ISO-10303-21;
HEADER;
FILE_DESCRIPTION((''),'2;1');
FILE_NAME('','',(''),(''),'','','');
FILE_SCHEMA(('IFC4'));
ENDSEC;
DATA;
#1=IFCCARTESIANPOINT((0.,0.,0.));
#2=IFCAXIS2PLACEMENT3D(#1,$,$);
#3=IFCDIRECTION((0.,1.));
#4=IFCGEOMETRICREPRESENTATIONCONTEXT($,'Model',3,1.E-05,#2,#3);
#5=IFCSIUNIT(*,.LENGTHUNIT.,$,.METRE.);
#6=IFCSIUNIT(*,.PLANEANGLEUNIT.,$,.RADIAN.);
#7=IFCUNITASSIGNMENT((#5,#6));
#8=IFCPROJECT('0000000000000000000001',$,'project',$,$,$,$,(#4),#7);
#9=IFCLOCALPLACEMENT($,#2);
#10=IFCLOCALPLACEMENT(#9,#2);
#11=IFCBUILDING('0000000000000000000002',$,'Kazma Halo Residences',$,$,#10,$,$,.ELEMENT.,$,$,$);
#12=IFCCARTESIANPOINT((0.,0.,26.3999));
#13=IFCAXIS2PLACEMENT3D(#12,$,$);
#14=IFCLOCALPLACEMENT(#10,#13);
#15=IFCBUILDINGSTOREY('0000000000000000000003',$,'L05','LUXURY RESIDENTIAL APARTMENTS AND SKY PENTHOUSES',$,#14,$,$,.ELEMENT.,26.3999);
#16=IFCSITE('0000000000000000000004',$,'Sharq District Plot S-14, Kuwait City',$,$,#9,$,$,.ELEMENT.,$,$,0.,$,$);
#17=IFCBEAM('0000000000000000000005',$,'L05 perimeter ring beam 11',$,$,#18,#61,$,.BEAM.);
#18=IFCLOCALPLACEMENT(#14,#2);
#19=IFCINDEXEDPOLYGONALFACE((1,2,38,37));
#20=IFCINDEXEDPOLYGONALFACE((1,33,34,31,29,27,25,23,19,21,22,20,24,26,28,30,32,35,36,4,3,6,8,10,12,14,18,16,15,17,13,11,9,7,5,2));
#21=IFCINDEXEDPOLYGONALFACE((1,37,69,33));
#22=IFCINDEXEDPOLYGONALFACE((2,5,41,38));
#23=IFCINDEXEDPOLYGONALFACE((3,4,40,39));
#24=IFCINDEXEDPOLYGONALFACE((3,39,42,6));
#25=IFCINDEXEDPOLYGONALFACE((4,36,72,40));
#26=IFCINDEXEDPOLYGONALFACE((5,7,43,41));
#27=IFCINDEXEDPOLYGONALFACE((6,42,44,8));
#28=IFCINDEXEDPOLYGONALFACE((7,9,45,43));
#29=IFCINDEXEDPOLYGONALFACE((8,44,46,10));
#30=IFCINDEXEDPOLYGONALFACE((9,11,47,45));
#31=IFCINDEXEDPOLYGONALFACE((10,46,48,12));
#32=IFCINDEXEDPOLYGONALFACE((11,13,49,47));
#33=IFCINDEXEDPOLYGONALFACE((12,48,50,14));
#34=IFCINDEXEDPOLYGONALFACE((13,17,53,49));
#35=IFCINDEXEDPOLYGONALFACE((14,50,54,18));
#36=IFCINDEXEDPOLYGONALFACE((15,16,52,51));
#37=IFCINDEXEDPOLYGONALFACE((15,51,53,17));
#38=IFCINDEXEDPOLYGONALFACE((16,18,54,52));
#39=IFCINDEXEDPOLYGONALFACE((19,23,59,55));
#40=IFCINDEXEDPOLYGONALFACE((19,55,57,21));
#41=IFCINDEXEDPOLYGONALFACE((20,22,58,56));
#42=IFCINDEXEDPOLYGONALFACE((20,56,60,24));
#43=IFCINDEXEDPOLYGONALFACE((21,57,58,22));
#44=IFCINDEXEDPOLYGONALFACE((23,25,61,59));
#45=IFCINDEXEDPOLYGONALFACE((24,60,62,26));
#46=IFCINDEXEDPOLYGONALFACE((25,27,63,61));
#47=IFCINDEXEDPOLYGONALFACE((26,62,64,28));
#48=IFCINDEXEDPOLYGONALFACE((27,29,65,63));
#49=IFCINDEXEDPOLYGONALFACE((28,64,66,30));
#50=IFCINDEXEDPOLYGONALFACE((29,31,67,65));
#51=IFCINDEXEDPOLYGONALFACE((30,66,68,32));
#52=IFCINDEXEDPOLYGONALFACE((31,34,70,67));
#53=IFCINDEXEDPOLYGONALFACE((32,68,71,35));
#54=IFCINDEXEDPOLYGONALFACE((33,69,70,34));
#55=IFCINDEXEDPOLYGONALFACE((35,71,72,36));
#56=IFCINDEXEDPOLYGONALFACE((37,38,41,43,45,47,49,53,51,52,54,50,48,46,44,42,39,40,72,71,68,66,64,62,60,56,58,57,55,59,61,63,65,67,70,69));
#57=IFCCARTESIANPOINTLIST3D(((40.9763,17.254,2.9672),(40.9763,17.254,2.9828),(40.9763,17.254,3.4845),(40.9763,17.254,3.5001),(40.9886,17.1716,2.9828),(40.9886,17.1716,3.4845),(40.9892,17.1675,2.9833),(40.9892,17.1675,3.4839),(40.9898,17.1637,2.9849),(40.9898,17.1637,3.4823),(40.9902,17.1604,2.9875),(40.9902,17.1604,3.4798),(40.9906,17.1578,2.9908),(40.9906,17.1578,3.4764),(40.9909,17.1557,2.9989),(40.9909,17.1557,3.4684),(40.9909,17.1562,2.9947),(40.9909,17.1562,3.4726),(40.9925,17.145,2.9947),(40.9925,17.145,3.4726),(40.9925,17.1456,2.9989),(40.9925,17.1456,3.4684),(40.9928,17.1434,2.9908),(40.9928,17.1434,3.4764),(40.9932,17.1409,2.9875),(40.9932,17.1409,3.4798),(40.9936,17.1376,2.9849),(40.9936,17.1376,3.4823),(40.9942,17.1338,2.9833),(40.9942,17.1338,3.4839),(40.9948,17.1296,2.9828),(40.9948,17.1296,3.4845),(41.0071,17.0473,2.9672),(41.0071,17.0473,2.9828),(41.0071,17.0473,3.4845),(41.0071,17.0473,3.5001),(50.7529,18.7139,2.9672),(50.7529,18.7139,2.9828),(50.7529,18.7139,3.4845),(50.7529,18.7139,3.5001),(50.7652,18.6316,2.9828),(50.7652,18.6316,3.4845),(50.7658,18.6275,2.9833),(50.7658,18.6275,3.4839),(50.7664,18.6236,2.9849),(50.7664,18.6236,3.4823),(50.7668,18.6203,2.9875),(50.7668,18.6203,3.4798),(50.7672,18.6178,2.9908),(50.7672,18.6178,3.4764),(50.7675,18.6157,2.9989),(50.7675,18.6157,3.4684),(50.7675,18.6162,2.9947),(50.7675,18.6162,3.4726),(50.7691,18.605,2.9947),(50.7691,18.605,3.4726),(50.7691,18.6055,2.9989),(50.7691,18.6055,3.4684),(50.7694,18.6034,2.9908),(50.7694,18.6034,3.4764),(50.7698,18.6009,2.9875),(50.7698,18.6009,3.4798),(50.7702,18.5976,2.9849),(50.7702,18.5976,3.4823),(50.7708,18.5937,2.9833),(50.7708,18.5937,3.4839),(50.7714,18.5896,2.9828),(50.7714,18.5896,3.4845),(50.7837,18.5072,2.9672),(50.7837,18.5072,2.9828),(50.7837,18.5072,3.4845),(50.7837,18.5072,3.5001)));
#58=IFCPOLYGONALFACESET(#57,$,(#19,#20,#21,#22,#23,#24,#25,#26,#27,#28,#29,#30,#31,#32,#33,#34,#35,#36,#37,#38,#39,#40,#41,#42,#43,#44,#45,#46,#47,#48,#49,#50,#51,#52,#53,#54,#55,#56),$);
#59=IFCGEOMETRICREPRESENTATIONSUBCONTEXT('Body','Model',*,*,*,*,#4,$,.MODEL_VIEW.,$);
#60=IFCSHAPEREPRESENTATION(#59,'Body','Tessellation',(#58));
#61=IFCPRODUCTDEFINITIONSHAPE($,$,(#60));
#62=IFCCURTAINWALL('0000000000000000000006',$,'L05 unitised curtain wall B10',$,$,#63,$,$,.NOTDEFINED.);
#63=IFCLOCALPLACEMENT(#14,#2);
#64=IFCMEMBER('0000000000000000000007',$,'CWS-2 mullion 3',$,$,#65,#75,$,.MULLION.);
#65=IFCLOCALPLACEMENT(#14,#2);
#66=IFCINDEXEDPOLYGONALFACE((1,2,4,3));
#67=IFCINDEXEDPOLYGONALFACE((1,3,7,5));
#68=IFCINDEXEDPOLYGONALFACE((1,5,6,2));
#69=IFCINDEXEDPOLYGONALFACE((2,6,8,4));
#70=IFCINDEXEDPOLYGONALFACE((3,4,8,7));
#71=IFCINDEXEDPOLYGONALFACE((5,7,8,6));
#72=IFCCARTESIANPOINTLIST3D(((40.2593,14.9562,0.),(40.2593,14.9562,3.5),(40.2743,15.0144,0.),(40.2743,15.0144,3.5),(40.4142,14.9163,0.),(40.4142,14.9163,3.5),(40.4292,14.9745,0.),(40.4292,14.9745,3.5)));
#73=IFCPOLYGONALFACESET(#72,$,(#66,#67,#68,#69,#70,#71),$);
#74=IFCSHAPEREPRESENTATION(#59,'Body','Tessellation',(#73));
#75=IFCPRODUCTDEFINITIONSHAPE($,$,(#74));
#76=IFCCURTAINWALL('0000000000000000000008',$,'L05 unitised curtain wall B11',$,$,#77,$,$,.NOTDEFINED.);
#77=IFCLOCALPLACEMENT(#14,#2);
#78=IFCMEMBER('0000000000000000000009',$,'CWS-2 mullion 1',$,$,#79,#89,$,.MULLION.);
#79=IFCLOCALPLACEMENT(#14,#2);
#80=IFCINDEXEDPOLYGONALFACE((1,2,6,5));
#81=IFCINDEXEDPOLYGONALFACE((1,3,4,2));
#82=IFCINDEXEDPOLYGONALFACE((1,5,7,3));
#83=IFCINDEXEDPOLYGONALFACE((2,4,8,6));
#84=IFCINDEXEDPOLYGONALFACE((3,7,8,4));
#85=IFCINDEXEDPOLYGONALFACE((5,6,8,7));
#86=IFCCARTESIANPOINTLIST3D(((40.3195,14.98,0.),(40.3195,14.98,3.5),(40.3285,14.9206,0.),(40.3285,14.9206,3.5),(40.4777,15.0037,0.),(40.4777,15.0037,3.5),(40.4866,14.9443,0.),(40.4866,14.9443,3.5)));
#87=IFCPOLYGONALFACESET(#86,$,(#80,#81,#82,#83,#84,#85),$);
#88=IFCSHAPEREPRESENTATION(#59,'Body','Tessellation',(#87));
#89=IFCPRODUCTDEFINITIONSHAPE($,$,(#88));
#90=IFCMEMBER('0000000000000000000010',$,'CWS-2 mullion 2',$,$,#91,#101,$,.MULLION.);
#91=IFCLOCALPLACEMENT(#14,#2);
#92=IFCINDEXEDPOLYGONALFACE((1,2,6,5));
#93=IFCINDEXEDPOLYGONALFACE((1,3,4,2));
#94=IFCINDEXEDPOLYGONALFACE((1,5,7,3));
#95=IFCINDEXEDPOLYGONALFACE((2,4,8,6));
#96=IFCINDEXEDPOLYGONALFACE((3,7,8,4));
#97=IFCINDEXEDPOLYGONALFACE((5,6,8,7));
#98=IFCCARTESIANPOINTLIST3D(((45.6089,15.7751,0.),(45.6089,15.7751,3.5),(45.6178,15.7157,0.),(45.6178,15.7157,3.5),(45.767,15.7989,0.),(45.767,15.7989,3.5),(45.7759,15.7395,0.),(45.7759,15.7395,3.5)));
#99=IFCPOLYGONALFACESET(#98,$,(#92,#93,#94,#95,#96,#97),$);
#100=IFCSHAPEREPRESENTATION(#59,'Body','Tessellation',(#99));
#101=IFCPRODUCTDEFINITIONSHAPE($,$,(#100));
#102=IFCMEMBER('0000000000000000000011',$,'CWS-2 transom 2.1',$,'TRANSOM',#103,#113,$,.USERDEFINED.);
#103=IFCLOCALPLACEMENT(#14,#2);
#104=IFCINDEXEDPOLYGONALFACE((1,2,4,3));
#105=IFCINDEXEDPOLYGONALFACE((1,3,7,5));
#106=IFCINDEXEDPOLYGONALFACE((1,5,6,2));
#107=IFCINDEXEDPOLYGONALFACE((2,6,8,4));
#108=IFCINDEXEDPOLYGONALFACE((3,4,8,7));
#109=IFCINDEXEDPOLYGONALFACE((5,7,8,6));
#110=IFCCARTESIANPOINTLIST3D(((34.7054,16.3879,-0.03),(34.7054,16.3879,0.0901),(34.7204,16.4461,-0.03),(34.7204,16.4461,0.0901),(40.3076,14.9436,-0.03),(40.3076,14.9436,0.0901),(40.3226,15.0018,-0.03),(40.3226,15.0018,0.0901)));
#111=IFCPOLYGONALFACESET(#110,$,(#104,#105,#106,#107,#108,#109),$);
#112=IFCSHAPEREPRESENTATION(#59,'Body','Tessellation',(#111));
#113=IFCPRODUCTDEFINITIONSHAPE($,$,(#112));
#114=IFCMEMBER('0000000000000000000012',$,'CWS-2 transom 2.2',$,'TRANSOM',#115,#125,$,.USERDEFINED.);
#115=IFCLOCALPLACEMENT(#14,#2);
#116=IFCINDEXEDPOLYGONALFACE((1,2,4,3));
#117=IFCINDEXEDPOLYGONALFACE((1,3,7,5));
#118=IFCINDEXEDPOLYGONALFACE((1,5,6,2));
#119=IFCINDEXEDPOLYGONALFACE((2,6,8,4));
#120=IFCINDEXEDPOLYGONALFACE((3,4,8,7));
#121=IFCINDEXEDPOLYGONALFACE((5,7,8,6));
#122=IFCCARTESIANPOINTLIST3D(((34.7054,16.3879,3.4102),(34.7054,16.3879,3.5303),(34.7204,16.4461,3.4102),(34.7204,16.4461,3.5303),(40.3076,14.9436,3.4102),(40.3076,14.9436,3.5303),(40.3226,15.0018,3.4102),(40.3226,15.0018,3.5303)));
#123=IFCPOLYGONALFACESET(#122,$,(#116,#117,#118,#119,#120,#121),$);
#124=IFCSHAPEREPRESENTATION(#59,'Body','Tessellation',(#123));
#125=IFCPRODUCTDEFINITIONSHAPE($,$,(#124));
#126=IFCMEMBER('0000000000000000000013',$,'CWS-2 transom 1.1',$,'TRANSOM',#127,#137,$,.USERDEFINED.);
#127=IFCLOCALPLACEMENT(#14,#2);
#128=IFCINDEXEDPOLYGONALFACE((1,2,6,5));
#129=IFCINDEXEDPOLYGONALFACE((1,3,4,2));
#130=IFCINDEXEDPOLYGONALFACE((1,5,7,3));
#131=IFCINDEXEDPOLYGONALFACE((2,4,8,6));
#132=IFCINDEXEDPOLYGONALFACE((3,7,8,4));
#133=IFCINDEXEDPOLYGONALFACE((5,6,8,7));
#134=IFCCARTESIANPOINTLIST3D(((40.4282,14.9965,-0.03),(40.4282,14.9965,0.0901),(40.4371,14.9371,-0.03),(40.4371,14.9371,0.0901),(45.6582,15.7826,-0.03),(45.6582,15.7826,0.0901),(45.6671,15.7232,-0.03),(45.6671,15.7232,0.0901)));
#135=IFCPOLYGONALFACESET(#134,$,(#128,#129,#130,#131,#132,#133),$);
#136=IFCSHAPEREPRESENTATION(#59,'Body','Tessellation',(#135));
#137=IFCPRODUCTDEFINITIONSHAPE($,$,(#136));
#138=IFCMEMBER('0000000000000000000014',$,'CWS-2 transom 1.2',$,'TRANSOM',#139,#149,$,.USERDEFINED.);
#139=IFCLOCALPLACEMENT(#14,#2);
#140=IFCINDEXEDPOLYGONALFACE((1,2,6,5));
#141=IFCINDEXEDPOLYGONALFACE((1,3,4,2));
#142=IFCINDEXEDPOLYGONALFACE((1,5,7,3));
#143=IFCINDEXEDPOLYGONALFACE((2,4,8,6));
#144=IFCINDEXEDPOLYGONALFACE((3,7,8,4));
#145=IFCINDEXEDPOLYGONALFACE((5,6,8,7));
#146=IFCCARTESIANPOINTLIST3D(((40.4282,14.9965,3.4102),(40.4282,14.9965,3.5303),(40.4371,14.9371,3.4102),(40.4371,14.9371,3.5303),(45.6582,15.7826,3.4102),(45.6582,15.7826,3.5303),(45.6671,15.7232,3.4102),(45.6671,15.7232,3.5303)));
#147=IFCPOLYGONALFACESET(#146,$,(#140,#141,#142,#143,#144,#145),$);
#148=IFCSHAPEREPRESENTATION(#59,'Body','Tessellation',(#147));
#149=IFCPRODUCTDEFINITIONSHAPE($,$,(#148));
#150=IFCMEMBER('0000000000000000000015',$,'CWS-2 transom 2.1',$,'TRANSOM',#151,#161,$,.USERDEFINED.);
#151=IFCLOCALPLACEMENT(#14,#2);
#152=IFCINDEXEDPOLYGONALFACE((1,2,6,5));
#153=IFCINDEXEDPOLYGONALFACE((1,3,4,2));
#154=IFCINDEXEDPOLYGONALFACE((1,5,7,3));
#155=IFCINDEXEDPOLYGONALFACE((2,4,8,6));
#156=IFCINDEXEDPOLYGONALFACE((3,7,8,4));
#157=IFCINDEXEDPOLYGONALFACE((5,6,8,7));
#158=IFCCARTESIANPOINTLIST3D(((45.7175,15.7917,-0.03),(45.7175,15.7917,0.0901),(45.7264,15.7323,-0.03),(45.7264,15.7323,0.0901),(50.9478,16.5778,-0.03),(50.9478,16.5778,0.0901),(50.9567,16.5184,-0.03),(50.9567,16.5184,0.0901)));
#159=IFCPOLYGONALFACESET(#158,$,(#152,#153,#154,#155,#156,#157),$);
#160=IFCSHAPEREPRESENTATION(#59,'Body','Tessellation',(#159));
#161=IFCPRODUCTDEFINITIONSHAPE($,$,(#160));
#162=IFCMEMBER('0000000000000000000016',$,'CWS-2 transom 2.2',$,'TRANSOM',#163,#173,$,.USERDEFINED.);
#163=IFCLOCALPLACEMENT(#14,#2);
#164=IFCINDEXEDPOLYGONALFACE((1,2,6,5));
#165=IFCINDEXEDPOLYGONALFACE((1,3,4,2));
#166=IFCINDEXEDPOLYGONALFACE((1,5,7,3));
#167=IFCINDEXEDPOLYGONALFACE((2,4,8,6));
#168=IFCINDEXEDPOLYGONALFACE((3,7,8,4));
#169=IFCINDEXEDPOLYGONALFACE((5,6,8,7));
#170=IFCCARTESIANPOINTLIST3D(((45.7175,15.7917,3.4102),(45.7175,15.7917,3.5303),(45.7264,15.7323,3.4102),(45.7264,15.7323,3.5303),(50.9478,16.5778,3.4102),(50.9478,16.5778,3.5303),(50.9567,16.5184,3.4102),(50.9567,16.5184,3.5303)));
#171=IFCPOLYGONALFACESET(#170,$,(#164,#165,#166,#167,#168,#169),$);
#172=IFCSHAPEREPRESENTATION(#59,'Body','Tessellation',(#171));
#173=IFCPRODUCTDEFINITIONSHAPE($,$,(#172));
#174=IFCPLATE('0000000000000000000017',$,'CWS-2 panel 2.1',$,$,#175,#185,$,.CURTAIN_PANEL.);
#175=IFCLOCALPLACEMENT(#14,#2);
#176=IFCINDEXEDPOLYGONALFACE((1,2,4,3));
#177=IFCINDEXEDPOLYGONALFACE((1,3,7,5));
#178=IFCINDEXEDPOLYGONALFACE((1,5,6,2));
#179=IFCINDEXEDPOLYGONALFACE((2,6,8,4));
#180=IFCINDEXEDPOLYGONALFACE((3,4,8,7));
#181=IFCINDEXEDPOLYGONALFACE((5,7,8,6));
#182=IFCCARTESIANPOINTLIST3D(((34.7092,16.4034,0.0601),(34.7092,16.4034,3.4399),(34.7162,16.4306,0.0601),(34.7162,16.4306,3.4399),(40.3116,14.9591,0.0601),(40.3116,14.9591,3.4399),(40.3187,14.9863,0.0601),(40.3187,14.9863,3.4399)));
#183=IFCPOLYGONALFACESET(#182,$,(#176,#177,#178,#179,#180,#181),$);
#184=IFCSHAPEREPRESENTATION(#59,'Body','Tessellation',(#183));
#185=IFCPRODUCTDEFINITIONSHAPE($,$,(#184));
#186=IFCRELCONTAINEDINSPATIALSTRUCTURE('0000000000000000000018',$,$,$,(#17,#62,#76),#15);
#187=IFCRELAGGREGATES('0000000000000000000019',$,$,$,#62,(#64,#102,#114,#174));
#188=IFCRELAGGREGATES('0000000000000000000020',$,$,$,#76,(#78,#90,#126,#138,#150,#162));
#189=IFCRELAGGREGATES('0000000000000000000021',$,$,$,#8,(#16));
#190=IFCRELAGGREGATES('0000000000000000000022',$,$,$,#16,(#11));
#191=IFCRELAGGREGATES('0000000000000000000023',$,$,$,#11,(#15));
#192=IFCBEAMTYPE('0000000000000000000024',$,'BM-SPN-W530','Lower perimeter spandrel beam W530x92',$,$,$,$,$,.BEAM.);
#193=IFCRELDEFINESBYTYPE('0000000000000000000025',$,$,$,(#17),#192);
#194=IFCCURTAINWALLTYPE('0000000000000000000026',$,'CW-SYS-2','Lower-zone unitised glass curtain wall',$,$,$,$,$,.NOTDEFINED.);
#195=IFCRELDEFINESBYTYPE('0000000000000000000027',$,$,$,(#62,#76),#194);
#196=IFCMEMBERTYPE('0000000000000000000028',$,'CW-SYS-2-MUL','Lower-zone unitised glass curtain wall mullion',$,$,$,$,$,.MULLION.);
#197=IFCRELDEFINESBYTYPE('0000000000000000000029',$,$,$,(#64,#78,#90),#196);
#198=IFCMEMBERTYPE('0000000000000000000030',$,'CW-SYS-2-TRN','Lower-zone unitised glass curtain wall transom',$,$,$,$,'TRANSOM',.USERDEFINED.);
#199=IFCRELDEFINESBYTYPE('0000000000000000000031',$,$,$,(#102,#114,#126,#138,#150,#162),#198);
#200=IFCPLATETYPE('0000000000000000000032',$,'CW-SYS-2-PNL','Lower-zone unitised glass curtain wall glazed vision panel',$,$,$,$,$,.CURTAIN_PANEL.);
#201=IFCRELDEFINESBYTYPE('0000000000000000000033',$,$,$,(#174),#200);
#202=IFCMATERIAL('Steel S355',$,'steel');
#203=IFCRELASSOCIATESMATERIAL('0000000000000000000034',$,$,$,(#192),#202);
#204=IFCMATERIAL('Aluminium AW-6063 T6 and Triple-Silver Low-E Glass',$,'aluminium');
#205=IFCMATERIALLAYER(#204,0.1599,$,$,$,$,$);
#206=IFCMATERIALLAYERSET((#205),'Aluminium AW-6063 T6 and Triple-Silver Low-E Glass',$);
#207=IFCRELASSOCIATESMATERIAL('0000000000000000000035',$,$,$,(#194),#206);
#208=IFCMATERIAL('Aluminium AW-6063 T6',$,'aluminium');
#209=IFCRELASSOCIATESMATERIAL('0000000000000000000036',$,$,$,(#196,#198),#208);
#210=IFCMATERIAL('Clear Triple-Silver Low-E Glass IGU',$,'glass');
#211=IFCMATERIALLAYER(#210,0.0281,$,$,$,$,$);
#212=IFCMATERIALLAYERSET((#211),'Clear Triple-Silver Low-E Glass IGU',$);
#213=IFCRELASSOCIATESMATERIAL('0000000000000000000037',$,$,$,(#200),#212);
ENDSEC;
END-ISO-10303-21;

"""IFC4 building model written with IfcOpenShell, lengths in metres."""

from ifc_helpers import new_model, si_unit, direction, frame, origin, origin_2d, place, context, subcontext, project, spatial, rectangle, i_section, extrude, material, layer, layer_set, material_profile, profile_set, type_object, element, aggregate, save


model = new_model("IFC4")

# Units and contexts
model_context = context("Model", 3, precision=1e-05, world=origin(), true_north=direction((0.0, 1.0)))
body_context = subcontext(model_context, "Body", "Model", "MODEL_VIEW")
ifc_project = project(units=[si_unit("LENGTHUNIT", "METRE"), si_unit("PLANEANGLEUNIT", "RADIAN")], contexts=[model_context])

# Site, building, storey
site_placement = place(None, origin())
site = spatial("IfcSite", under=ifc_project, at=site_placement, Name="Sharq District Plot S-14, Kuwait City", CompositionType="ELEMENT", RefElevation=0.0)
building_placement = place(site_placement, origin())
building = spatial("IfcBuilding", under=site, at=building_placement, Name="Kazma Halo Residences", CompositionType="ELEMENT")
storey_placement = place(building_placement, frame((0.0, 0.0, 26.3999)))
storey = spatial("IfcBuildingStorey", under=building, at=storey_placement, Name="L05", Description="LUXURY RESIDENTIAL APARTMENTS AND SKY PENTHOUSES", CompositionType="ELEMENT", Elevation=26.3999)

# Beam
ifc_material_1 = material(Name="Steel S355", Category="steel")
ifc_material_profile_1 = material_profile(ifc_material_1, i_section(OverallWidth=0.209, OverallDepth=0.533, WebThickness=0.0103, FlangeThickness=0.0156, FilletRadius=0.0161, at=origin_2d()), Name="W530x92")
ifc_profile_set_1 = profile_set([ifc_material_profile_1], Name="Steel S355")
beam_type_1 = type_object("IfcBeamType", Name="BM-SPN-W530", Description="Lower perimeter spandrel beam W530x92", PredefinedType="BEAM", material=ifc_profile_set_1)
beam_1_placement = place(storey_placement, frame((40.9917, 17.1506, 3.2336), z_axis=(0.989033, 0.147694, 0.0), x_axis=(-0.147694, 0.989033, 0.0)))
element("IfcBeam", 1, at=beam_1_placement, inside=storey, type_object=beam_type_1, Name="L05 perimeter ring beam 11", PredefinedType="BEAM", context=body_context, shape_type="SweptSolid", body=[
    extrude(i_section(OverallWidth=0.209, OverallDepth=0.533, WebThickness=0.0103, FlangeThickness=0.0156, FilletRadius=0.0161, at=origin_2d()), origin(), (0.0, 0.0, 1.0), 9.885),
])

# Curtain wall, member
ifc_material_2 = material(Name="Aluminium AW-6063 T6 and Triple-Silver Low-E Glass", Category="aluminium")
ifc_layer_1 = layer(ifc_material_2, 0.1599)
ifc_layer_set_1 = layer_set([ifc_layer_1], Name="Aluminium AW-6063 T6 and Triple-Silver Low-E Glass")
curtain_wall_type = type_object("IfcCurtainWallType", Name="CW-SYS-2", Description="Lower-zone unitised glass curtain wall", PredefinedType="NOTDEFINED", material=ifc_layer_set_1)
curtain_wall_1_placement = place(storey_placement, origin())
curtain_wall_1 = element("IfcCurtainWall", 2, at=curtain_wall_1_placement, inside=storey, type_object=curtain_wall_type, Name="L05 unitised curtain wall B10", PredefinedType="NOTDEFINED")
ifc_material_3 = material(Name="Aluminium AW-6063 T6", Category="aluminium")
ifc_material_profile_2 = material_profile(ifc_material_3, rectangle(XDim=0.0601, YDim=0.1599, at=origin_2d()), Name="CWM-60x160")
ifc_profile_set_2 = profile_set([ifc_material_profile_2], Name="Aluminium AW-6063 T6")
member_type_1 = type_object("IfcMemberType", Name="CW-SYS-2-MUL", Description="Lower-zone unitised glass curtain wall mullion", PredefinedType="MULLION", material=ifc_profile_set_2)
member_1_placement = place(storey_placement, frame((40.3442, 14.9653, 0.0), z_axis=(0.0, 0.0, 1.0), x_axis=(0.249635, 0.96834, 0.0)))
member_1 = element("IfcMember", 3, at=member_1_placement, type_object=member_type_1, Name="CWS-2 mullion 3", PredefinedType="MULLION", context=body_context, shape_type="SweptSolid", body=[
    extrude(rectangle(XDim=0.0601, YDim=0.1599, at=origin_2d()), origin(), (0.0, 0.0, 1.0), 3.5),
])

# Curtain wall, members
curtain_wall_2_placement = place(storey_placement, origin())
curtain_wall_2 = element("IfcCurtainWall", 4, at=curtain_wall_2_placement, inside=storey, type_object=curtain_wall_type, Name="L05 unitised curtain wall B11", PredefinedType="NOTDEFINED")
member_2_placement = place(storey_placement, frame((40.4031, 14.9622, 0.0), z_axis=(0.0, 0.0, 1.0), x_axis=(-0.148657, 0.988889, 0.0)))
member_2 = element("IfcMember", 5, at=member_2_placement, type_object=member_type_1, Name="CWS-2 mullion 1", PredefinedType="MULLION", context=body_context, shape_type="SweptSolid", body=[
    extrude(rectangle(XDim=0.0601, YDim=0.1599, at=origin_2d()), origin(), (0.0, 0.0, 1.0), 3.5),
])
member_3_placement = place(storey_placement, frame((45.6924, 15.7573, 0.0), z_axis=(0.0, 0.0, 1.0), x_axis=(-0.148657, 0.988889, 0.0)))
member_3 = element("IfcMember", 6, at=member_3_placement, type_object=member_type_1, Name="CWS-2 mullion 2", PredefinedType="MULLION", context=body_context, shape_type="SweptSolid", body=[
    extrude(rectangle(XDim=0.0601, YDim=0.1599, at=origin_2d()), origin(), (0.0, 0.0, 1.0), 3.5),
])

# Members
ifc_material_profile_3 = material_profile(ifc_material_3, rectangle(XDim=0.0601, YDim=0.1201, at=origin_2d()), Name="CWT-60x120")
ifc_profile_set_3 = profile_set([ifc_material_profile_3], Name="Aluminium AW-6063 T6")
member_type_2 = type_object("IfcMemberType", Name="CW-SYS-2-TRN", Description="Lower-zone unitised glass curtain wall transom", ElementType="TRANSOM", PredefinedType="USERDEFINED", material=ifc_profile_set_3)
member_4_placement = place(storey_placement, frame((34.7129, 16.417, 0.03), z_axis=(0.968337, -0.249648, 0.0), x_axis=(0.249648, 0.968337, 0.0)))
member_4 = element("IfcMember", 7, at=member_4_placement, type_object=member_type_2, Name="CWS-2 transom 2.1", ObjectType="TRANSOM", PredefinedType="USERDEFINED", context=body_context, shape_type="SweptSolid", body=[
    extrude(rectangle(XDim=0.0601, YDim=0.1201, at=origin_2d()), origin(), (0.0, 0.0, 1.0), 5.7854),
])
member_5_placement = place(storey_placement, frame((34.7129, 16.417, 3.4702), z_axis=(0.968337, -0.249648, 0.0), x_axis=(0.249648, 0.968337, 0.0)))
member_5 = element("IfcMember", 8, at=member_5_placement, type_object=member_type_2, Name="CWS-2 transom 2.2", ObjectType="TRANSOM", PredefinedType="USERDEFINED", context=body_context, shape_type="SweptSolid", body=[
    extrude(rectangle(XDim=0.0601, YDim=0.1201, at=origin_2d()), origin(), (0.0, 0.0, 1.0), 5.7854),
])
member_6_placement = place(storey_placement, frame((40.4326, 14.9668, 0.03), z_axis=(0.988891, 0.148643, 0.0), x_axis=(-0.148643, 0.988891, 0.0)))
member_6 = element("IfcMember", 9, at=member_6_placement, type_object=member_type_2, Name="CWS-2 transom 1.1", ObjectType="TRANSOM", PredefinedType="USERDEFINED", context=body_context, shape_type="SweptSolid", body=[
    extrude(rectangle(XDim=0.0601, YDim=0.1201, at=origin_2d()), origin(), (0.0, 0.0, 1.0), 5.2888),
])
member_7_placement = place(storey_placement, frame((40.4326, 14.9668, 3.4702), z_axis=(0.988891, 0.148643, 0.0), x_axis=(-0.148643, 0.988891, 0.0)))
member_7 = element("IfcMember", 10, at=member_7_placement, type_object=member_type_2, Name="CWS-2 transom 1.2", ObjectType="TRANSOM", PredefinedType="USERDEFINED", context=body_context, shape_type="SweptSolid", body=[
    extrude(rectangle(XDim=0.0601, YDim=0.1201, at=origin_2d()), origin(), (0.0, 0.0, 1.0), 5.2888),
])
member_8_placement = place(storey_placement, frame((45.7219, 15.762, 0.03), z_axis=(0.988892, 0.148636, 0.0), x_axis=(-0.148636, 0.988892, 0.0)))
member_8 = element("IfcMember", 11, at=member_8_placement, type_object=member_type_2, Name="CWS-2 transom 2.1", ObjectType="TRANSOM", PredefinedType="USERDEFINED", context=body_context, shape_type="SweptSolid", body=[
    extrude(rectangle(XDim=0.0601, YDim=0.1201, at=origin_2d()), origin(), (0.0, 0.0, 1.0), 5.2891),
])
member_9_placement = place(storey_placement, frame((45.7219, 15.762, 3.4702), z_axis=(0.988892, 0.148636, 0.0), x_axis=(-0.148636, 0.988892, 0.0)))
member_9 = element("IfcMember", 12, at=member_9_placement, type_object=member_type_2, Name="CWS-2 transom 2.2", ObjectType="TRANSOM", PredefinedType="USERDEFINED", context=body_context, shape_type="SweptSolid", body=[
    extrude(rectangle(XDim=0.0601, YDim=0.1201, at=origin_2d()), origin(), (0.0, 0.0, 1.0), 5.2891),
])

# Plate
ifc_material_4 = material(Name="Clear Triple-Silver Low-E Glass IGU", Category="glass")
ifc_layer_2 = layer(ifc_material_4, 0.0281)
ifc_layer_set_2 = layer_set([ifc_layer_2], Name="Clear Triple-Silver Low-E Glass IGU")
plate_type = type_object("IfcPlateType", Name="CW-SYS-2-PNL", Description="Lower-zone unitised glass curtain wall glazed vision panel", PredefinedType="CURTAIN_PANEL", material=ifc_layer_set_2)
plate_1_placement = place(storey_placement, frame((37.5139, 15.6948, 0.0601), z_axis=(0.0, 0.0, 1.0), x_axis=(0.96834, -0.249635, 0.0)))
plate_1 = element("IfcPlate", 13, at=plate_1_placement, type_object=plate_type, Name="CWS-2 panel 2.1", PredefinedType="CURTAIN_PANEL", context=body_context, shape_type="SweptSolid", body=[
    extrude(rectangle(XDim=5.7856, YDim=0.0281, at=origin_2d()), origin(), (0.0, 0.0, 1.0), 3.3799),
])
aggregate(curtain_wall_1, [member_1, member_4, member_5, plate_1])
aggregate(curtain_wall_2, [member_2, member_3, member_6, member_7, member_8, member_9])

save(model, "model.ifc")
